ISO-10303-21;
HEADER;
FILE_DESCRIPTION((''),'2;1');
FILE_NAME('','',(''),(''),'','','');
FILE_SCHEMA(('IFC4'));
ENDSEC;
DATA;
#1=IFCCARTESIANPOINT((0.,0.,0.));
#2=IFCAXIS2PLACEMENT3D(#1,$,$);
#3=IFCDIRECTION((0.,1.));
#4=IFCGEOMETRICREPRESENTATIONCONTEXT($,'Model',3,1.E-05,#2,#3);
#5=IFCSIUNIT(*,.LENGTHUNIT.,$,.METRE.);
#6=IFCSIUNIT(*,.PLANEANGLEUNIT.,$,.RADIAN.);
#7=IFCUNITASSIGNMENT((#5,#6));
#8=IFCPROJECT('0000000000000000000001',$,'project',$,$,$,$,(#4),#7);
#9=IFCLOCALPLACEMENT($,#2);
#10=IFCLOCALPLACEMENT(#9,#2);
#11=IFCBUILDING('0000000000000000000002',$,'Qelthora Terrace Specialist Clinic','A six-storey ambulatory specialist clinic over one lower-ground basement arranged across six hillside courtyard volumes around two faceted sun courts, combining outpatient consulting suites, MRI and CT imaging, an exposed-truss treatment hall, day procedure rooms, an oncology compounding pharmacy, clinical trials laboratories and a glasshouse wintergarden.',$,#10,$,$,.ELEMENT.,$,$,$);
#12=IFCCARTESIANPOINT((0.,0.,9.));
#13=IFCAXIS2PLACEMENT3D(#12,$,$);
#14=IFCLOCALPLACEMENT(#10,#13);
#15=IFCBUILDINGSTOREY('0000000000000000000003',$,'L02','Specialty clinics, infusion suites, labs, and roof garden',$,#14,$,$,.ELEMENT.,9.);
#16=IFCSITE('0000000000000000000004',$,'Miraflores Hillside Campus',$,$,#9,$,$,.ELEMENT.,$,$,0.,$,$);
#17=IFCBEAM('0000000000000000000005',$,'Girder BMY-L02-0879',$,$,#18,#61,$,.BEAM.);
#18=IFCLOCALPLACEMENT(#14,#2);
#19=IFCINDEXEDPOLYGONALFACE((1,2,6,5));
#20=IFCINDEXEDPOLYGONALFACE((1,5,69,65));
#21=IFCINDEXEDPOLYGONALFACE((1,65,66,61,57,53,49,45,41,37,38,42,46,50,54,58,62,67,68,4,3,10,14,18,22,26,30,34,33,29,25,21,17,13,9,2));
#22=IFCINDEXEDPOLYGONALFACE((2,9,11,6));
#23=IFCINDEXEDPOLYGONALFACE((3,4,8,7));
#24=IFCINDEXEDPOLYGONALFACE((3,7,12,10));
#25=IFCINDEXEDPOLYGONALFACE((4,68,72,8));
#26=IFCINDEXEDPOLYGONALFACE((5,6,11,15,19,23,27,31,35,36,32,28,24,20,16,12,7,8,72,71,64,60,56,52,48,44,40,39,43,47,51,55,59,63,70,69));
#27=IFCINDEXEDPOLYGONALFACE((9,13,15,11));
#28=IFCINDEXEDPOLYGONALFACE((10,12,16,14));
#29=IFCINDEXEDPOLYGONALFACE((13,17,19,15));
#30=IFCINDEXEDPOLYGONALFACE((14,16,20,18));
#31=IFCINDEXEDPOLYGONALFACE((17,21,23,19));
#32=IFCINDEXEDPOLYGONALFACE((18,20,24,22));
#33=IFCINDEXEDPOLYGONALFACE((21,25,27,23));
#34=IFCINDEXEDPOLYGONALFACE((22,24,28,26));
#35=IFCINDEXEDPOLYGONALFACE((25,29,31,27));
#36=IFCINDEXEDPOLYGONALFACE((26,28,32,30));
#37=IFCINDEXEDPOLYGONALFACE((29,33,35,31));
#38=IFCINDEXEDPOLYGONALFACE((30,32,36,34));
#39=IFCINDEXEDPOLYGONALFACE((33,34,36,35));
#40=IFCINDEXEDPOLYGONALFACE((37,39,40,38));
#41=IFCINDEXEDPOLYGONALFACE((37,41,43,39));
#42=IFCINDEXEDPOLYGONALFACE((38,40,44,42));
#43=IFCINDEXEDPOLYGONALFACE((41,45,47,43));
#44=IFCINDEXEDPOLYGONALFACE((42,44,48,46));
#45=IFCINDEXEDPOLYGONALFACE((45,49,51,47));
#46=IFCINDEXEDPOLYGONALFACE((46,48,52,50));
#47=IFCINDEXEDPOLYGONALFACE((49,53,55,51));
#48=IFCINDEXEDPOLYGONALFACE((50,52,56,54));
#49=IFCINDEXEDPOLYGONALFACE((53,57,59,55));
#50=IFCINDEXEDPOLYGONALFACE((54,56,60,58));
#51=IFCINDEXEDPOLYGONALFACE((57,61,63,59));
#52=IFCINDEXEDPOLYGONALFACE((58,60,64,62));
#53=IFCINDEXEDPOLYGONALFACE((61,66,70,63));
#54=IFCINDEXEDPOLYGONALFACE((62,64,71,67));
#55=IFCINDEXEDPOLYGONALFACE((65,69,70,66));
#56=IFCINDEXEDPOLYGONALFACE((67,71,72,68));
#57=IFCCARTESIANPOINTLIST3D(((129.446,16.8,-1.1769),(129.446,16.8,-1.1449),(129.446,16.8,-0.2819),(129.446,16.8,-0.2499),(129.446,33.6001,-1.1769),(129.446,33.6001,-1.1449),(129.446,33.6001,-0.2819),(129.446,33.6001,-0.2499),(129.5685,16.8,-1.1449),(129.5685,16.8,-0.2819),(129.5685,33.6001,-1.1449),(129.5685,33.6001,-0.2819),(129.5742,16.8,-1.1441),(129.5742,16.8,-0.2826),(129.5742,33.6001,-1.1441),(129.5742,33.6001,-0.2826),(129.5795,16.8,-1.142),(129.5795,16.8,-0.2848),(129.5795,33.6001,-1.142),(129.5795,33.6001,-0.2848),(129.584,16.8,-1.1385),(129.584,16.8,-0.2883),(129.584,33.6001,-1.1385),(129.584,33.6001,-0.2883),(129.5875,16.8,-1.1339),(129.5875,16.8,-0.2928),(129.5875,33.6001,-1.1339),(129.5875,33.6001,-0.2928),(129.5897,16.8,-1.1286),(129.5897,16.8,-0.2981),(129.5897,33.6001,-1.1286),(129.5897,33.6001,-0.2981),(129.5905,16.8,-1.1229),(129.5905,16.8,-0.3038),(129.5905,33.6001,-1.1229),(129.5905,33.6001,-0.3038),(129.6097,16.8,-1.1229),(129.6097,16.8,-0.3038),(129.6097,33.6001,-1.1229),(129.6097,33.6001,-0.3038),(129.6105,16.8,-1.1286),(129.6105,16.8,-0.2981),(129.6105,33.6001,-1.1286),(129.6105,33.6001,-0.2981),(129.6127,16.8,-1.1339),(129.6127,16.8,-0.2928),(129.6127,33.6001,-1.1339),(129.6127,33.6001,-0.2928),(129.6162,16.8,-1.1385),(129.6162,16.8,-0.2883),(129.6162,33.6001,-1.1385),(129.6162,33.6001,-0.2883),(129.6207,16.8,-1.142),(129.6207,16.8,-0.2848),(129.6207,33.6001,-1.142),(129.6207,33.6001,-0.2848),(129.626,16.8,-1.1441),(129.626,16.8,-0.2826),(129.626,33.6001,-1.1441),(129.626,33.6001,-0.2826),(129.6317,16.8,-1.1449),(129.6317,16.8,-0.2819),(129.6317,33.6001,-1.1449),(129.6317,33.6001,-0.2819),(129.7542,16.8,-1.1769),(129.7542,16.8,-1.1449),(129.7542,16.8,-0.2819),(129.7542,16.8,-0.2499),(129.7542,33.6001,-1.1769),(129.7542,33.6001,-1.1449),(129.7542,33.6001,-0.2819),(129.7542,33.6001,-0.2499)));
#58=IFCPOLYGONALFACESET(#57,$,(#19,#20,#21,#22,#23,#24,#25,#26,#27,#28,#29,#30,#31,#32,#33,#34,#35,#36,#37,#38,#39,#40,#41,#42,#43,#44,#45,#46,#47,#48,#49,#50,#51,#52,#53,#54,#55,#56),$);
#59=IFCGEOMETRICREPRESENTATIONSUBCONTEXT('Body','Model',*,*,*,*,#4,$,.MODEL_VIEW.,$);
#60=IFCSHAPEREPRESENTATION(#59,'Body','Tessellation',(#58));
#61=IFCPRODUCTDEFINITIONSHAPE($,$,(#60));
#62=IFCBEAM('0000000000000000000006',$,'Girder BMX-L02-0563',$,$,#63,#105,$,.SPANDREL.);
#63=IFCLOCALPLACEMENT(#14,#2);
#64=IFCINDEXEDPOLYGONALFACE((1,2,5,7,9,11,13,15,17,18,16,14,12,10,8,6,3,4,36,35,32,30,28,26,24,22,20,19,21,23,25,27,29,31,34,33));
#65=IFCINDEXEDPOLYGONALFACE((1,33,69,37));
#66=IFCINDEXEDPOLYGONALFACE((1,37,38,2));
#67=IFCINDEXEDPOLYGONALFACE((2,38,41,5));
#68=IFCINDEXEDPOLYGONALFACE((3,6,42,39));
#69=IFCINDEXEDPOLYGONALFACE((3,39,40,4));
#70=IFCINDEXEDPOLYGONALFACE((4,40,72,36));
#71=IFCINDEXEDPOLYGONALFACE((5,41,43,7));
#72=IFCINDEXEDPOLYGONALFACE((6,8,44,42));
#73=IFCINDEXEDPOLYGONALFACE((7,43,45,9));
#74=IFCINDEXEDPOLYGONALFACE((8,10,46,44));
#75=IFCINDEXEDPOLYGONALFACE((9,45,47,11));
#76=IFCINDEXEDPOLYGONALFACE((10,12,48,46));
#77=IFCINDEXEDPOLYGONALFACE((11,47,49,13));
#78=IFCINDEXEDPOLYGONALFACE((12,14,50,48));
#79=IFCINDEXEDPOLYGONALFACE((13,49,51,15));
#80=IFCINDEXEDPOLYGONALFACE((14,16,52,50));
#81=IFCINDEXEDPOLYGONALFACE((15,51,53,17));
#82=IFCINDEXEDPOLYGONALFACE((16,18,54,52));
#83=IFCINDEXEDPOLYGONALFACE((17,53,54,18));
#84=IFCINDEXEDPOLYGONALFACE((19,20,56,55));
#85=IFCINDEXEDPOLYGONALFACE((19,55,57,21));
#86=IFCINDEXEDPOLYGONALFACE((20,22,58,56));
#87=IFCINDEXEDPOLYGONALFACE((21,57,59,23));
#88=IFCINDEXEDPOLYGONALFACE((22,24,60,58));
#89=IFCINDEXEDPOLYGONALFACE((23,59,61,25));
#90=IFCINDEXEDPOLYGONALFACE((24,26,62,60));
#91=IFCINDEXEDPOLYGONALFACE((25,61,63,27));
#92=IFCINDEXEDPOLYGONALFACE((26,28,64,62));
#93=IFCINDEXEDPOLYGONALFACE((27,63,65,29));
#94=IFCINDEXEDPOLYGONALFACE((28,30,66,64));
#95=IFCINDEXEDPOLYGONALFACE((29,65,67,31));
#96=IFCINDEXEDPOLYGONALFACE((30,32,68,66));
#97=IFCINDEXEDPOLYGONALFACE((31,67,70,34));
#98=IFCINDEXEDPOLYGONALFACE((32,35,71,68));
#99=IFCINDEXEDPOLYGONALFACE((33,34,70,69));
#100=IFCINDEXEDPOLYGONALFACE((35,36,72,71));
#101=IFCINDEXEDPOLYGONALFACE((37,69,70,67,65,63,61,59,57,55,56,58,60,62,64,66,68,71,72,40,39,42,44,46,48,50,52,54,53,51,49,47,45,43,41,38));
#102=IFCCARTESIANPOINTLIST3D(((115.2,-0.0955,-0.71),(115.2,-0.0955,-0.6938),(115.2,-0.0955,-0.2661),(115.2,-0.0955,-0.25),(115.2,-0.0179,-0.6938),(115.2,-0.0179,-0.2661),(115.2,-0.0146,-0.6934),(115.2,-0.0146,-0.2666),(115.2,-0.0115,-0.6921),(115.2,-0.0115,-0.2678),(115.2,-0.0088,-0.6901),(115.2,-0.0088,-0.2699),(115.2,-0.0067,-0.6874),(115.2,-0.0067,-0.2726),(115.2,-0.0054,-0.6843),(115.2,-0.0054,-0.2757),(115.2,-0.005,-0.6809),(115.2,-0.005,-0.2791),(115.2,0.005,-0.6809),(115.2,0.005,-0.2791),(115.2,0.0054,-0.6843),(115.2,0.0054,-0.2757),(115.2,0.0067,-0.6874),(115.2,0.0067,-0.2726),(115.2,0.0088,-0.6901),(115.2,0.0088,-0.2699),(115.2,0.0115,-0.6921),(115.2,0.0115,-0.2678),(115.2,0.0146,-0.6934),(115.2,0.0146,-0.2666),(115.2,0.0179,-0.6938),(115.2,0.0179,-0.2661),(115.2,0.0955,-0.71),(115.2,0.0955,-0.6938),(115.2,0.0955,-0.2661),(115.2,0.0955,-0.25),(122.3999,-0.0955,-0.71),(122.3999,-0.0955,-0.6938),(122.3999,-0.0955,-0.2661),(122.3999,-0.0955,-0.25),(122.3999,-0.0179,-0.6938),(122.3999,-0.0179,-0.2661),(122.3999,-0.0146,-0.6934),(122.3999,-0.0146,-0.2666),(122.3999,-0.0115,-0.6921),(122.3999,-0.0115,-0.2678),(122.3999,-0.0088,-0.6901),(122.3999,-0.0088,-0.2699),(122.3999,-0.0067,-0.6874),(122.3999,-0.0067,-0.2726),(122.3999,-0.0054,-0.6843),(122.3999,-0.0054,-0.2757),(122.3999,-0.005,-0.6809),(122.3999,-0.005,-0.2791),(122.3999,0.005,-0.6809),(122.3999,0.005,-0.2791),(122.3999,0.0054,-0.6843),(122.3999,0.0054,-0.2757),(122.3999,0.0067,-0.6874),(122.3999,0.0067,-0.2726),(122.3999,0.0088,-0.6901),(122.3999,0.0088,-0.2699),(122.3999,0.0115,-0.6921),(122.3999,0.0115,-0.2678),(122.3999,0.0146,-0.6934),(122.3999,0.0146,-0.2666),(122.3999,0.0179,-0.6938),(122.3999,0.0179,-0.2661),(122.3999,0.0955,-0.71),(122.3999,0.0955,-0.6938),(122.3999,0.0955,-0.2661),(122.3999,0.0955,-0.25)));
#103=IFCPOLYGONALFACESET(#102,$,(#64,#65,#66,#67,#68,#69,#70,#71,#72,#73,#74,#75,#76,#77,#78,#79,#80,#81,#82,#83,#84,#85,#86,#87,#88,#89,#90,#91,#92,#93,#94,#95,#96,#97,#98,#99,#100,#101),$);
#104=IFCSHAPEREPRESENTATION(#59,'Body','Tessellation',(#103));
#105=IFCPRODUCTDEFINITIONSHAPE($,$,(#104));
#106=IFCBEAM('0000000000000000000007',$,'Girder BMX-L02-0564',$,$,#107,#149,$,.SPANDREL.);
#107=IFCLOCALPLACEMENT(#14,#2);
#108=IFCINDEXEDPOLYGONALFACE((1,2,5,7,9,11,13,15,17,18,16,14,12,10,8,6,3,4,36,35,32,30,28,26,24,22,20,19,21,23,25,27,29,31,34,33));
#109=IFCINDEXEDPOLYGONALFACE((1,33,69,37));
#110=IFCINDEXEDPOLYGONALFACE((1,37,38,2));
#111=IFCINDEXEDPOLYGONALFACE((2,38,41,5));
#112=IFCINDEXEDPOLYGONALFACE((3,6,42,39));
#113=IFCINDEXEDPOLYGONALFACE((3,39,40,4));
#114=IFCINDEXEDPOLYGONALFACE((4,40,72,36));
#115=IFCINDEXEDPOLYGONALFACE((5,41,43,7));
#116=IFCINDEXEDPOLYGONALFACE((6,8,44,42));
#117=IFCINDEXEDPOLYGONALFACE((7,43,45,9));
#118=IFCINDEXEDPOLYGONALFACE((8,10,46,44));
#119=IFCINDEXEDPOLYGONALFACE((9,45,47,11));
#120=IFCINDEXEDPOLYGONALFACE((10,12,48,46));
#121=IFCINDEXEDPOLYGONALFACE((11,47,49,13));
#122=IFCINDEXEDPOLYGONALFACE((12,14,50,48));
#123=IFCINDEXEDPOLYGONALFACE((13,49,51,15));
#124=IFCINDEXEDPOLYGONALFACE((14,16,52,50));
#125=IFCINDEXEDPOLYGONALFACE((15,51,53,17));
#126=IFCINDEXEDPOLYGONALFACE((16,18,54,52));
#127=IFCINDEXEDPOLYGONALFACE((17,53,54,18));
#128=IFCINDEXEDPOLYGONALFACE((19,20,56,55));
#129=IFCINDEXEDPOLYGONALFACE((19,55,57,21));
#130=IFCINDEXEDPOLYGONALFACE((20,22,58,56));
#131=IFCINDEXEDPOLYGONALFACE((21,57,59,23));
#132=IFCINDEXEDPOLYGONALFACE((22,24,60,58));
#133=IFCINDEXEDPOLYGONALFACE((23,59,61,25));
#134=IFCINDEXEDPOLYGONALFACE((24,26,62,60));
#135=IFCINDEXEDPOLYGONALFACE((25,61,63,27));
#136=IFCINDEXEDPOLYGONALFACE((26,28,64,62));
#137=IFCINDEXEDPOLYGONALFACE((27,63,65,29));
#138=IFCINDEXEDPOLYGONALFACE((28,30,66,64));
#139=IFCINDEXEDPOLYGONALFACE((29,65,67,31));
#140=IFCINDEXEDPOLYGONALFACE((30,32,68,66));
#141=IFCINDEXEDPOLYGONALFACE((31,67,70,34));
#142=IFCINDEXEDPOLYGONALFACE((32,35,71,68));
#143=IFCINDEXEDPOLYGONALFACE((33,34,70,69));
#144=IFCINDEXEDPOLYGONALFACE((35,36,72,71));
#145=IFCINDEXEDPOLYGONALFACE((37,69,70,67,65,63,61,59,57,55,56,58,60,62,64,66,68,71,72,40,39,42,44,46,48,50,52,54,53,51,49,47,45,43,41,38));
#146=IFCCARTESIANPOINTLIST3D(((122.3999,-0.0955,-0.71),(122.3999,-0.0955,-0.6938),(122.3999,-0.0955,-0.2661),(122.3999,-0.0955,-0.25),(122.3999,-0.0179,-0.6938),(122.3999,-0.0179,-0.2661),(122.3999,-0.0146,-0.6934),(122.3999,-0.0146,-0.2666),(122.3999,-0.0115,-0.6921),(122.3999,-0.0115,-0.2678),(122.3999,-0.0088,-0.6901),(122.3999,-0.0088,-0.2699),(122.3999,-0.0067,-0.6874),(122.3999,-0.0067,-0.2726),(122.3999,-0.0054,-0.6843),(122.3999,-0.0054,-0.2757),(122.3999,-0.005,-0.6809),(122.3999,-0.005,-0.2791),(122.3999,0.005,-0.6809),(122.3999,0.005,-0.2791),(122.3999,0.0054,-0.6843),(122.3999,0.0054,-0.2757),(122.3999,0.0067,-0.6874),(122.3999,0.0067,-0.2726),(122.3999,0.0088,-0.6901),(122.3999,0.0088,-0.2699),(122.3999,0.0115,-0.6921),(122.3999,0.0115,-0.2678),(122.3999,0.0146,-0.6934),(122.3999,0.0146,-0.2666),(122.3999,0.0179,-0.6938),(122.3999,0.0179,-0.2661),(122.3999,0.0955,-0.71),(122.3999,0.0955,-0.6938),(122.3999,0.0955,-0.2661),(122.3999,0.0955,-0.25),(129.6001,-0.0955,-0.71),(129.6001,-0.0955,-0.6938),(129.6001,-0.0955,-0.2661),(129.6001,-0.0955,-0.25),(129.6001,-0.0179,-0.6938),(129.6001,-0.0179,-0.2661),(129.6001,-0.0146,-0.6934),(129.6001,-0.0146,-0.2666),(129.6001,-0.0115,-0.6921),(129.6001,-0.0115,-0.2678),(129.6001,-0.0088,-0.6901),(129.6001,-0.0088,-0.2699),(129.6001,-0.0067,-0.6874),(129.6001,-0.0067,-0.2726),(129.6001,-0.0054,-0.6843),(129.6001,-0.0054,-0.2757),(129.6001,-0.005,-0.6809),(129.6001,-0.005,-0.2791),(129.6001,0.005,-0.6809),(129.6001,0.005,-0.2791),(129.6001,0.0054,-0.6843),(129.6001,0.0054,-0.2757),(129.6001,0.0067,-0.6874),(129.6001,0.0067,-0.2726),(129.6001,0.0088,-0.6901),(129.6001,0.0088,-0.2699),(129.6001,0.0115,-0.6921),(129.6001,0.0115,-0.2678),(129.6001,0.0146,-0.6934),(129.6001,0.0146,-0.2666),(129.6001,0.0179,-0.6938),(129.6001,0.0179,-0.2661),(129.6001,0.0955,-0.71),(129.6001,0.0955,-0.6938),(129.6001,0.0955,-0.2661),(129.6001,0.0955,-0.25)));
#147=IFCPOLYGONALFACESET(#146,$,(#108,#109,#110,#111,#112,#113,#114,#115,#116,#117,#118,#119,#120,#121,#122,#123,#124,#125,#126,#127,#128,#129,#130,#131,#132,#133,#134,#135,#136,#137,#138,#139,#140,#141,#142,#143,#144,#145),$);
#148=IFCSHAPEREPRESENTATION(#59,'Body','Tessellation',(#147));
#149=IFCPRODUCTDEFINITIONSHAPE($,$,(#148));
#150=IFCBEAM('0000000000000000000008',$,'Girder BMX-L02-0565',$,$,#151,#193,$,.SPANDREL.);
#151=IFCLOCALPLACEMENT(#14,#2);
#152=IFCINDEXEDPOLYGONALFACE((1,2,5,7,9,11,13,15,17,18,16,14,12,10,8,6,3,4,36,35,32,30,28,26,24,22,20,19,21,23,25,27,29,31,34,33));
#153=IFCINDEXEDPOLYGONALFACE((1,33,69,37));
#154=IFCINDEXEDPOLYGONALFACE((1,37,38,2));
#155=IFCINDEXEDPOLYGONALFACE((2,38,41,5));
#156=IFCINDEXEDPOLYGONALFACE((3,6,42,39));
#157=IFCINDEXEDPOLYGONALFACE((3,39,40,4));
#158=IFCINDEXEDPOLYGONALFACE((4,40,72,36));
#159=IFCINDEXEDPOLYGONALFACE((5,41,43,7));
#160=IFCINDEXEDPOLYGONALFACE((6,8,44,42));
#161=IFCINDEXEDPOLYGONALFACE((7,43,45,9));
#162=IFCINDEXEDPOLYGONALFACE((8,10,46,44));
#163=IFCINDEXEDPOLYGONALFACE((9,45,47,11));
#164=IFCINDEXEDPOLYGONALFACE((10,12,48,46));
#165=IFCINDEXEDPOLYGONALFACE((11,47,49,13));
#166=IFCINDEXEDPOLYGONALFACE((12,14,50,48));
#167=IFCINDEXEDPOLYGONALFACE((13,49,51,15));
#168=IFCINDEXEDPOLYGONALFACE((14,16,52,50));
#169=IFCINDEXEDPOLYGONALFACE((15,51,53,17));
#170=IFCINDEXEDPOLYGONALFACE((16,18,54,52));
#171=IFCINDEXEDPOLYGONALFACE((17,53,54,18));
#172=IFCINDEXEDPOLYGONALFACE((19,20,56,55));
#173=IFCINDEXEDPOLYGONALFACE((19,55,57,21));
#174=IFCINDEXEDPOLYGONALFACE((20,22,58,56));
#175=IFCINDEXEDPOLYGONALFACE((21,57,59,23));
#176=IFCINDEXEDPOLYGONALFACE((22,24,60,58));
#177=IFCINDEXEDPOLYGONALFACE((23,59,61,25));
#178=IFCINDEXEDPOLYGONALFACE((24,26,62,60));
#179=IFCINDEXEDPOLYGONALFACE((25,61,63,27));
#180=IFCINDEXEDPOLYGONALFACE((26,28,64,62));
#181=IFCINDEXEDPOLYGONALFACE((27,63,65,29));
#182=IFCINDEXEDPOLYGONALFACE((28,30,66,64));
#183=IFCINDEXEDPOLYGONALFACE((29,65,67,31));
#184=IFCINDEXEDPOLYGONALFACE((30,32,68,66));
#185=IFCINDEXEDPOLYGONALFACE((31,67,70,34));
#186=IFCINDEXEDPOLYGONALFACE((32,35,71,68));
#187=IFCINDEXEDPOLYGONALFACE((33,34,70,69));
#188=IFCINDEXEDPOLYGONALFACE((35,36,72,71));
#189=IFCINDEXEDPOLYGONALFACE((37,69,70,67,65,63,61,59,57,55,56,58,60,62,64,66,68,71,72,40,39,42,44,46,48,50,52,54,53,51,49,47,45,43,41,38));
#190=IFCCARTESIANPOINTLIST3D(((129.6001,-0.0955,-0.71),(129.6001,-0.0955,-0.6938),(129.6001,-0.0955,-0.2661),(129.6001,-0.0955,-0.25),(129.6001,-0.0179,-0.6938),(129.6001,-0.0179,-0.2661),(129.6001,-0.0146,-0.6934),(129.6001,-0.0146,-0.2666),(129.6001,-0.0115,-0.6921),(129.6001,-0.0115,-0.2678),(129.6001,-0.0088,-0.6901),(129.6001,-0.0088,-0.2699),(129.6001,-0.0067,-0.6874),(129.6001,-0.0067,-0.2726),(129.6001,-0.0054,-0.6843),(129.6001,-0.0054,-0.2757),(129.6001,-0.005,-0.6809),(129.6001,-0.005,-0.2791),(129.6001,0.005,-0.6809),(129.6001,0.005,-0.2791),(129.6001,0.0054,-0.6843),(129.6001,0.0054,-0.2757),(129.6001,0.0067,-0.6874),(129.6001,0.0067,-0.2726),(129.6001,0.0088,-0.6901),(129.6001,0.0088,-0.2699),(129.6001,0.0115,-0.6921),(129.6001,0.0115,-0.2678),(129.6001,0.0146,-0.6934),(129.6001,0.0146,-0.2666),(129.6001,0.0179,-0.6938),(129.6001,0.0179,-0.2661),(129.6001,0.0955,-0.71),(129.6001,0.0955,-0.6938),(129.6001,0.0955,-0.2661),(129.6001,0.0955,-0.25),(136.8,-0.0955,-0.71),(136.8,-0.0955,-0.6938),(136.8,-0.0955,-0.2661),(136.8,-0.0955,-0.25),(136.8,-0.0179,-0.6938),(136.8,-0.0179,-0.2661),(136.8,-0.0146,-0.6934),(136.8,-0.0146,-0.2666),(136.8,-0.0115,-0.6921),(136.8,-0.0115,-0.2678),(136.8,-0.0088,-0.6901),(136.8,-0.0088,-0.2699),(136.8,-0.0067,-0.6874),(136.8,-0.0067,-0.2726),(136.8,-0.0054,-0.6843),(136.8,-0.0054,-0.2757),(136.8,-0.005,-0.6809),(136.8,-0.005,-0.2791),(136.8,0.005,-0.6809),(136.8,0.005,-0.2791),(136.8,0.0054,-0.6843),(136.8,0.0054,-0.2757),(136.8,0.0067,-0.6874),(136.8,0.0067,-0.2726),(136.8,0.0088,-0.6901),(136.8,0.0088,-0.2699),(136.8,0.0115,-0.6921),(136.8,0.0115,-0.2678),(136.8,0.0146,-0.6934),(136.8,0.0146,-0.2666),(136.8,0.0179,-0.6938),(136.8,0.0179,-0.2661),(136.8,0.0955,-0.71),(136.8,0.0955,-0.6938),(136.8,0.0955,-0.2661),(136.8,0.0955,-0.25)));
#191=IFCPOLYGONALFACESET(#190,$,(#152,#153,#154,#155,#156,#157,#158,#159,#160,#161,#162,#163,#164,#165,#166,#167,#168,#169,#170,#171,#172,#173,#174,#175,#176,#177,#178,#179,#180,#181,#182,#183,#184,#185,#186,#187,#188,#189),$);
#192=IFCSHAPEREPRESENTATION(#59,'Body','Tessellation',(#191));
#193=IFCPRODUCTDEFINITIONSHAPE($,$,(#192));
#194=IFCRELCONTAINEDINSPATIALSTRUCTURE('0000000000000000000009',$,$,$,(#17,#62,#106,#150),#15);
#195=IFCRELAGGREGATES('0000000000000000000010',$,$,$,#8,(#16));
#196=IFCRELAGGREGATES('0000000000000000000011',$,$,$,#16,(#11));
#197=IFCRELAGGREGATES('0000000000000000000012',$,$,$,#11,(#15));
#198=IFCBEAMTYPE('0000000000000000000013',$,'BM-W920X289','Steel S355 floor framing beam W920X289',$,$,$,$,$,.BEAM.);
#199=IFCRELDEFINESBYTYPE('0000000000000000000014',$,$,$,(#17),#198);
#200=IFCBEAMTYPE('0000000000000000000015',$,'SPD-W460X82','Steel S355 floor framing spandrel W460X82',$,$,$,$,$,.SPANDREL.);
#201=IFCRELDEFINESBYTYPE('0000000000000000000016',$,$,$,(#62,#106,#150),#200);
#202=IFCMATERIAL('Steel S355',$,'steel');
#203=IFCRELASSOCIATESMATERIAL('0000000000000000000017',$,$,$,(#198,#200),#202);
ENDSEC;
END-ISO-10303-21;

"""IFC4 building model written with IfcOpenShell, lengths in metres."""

from ifc_helpers import new_model, si_unit, direction, frame, origin, origin_2d, place, context, subcontext, project, spatial, i_section, extrude, material, material_profile, profile_set, type_object, element, save


model = new_model("IFC4")

# Units and contexts
model_context = context("Model", 3, precision=1e-05, world=origin(), true_north=direction((0.0, 1.0)))
body_context = subcontext(model_context, "Body", "Model", "MODEL_VIEW")
ifc_project = project(units=[si_unit("LENGTHUNIT", "METRE"), si_unit("PLANEANGLEUNIT", "RADIAN")], contexts=[model_context])

# Site, building, storey
site_placement = place(None, origin())
site = spatial("IfcSite", under=ifc_project, at=site_placement, Name="Miraflores Hillside Campus", CompositionType="ELEMENT", RefElevation=0.0)
building_placement = place(site_placement, origin())
building = spatial("IfcBuilding", under=site, at=building_placement, Name="Qelthora Terrace Specialist Clinic", Description="A six-storey ambulatory specialist clinic over one lower-ground basement arranged across six hillside courtyard volumes around two faceted sun courts, combining outpatient consulting suites, MRI and CT imaging, an exposed-truss treatment hall, day procedure rooms, an oncology compounding pharmacy, clinical trials laboratories and a glasshouse wintergarden.", CompositionType="ELEMENT")
storey_placement = place(building_placement, frame((0.0, 0.0, 9.0)))
storey = spatial("IfcBuildingStorey", under=building, at=storey_placement, Name="L02", Description="Specialty clinics, infusion suites, labs, and roof garden", CompositionType="ELEMENT", Elevation=9.0)

# Beams
ifc_material_1 = material(Name="Steel S355", Category="steel")
ifc_material_profile_1 = material_profile(ifc_material_1, i_section(OverallWidth=0.3081, OverallDepth=0.927, WebThickness=0.0193, FlangeThickness=0.032, FilletRadius=0.022, at=origin_2d()), Name="W920X289")
ifc_profile_set_1 = profile_set([ifc_material_profile_1], Name="Steel S355")
beam_type_1 = type_object("IfcBeamType", Name="BM-W920X289", Description="Steel S355 floor framing beam W920X289", PredefinedType="BEAM", material=ifc_profile_set_1)
for number, where, z_axis, x_axis, name in (
    (1, (129.6001, 16.8, -0.7134), (0.0, 1.0, 0.0), (-1.0, 0.0, 0.0), "Girder BMY-L02-0879"),
):
    element("IfcBeam", number, at=place(storey_placement, frame(where, z_axis=z_axis, x_axis=x_axis)), inside=storey, type_object=beam_type_1, Name=name, PredefinedType="BEAM", context=body_context, shape_type="SweptSolid", body=[
        extrude(i_section(OverallWidth=0.3081, OverallDepth=0.927, WebThickness=0.0193, FlangeThickness=0.032, FilletRadius=0.022, at=origin_2d()), origin(), (0.0, 0.0, 1.0), 16.8),
    ])
ifc_material_profile_2 = material_profile(ifc_material_1, i_section(OverallWidth=0.1909, OverallDepth=0.46, WebThickness=0.01, FlangeThickness=0.0161, FilletRadius=0.0129, at=origin_2d()), Name="W460X82")
ifc_profile_set_2 = profile_set([ifc_material_profile_2], Name="Steel S355")
beam_type_2 = type_object("IfcBeamType", Name="SPD-W460X82", Description="Steel S355 floor framing spandrel W460X82", PredefinedType="SPANDREL", material=ifc_profile_set_2)
beam_1_placement = place(storey_placement, frame((115.2, 0.0, -0.48), z_axis=(1.0, 0.0, 0.0), x_axis=(0.0, 1.0, 0.0)))
element("IfcBeam", 2, at=beam_1_placement, inside=storey, type_object=beam_type_2, Name="Girder BMX-L02-0563", PredefinedType="SPANDREL", context=body_context, shape_type="SweptSolid", body=[
    extrude(i_section(OverallWidth=0.1909, OverallDepth=0.46, WebThickness=0.01, FlangeThickness=0.0161, FilletRadius=0.0129, at=origin_2d()), origin(), (0.0, 0.0, 1.0), 7.2),
])
beam_2_placement = place(storey_placement, frame((122.3999, 0.0, -0.48), z_axis=(1.0, 0.0, 0.0), x_axis=(0.0, 1.0, 0.0)))
element("IfcBeam", 3, at=beam_2_placement, inside=storey, type_object=beam_type_2, Name="Girder BMX-L02-0564", PredefinedType="SPANDREL", context=body_context, shape_type="SweptSolid", body=[
    extrude(i_section(OverallWidth=0.1909, OverallDepth=0.46, WebThickness=0.01, FlangeThickness=0.0161, FilletRadius=0.0129, at=origin_2d()), origin(), (0.0, 0.0, 1.0), 7.2002),
])
beam_3_placement = place(storey_placement, frame((129.6001, 0.0, -0.48), z_axis=(1.0, 0.0, 0.0), x_axis=(0.0, 1.0, 0.0)))
element("IfcBeam", 4, at=beam_3_placement, inside=storey, type_object=beam_type_2, Name="Girder BMX-L02-0565", PredefinedType="SPANDREL", context=body_context, shape_type="SweptSolid", body=[
    extrude(i_section(OverallWidth=0.1909, OverallDepth=0.46, WebThickness=0.01, FlangeThickness=0.0161, FilletRadius=0.0129, at=origin_2d()), origin(), (0.0, 0.0, 1.0), 7.2),
])

save(model, "model.ifc")
